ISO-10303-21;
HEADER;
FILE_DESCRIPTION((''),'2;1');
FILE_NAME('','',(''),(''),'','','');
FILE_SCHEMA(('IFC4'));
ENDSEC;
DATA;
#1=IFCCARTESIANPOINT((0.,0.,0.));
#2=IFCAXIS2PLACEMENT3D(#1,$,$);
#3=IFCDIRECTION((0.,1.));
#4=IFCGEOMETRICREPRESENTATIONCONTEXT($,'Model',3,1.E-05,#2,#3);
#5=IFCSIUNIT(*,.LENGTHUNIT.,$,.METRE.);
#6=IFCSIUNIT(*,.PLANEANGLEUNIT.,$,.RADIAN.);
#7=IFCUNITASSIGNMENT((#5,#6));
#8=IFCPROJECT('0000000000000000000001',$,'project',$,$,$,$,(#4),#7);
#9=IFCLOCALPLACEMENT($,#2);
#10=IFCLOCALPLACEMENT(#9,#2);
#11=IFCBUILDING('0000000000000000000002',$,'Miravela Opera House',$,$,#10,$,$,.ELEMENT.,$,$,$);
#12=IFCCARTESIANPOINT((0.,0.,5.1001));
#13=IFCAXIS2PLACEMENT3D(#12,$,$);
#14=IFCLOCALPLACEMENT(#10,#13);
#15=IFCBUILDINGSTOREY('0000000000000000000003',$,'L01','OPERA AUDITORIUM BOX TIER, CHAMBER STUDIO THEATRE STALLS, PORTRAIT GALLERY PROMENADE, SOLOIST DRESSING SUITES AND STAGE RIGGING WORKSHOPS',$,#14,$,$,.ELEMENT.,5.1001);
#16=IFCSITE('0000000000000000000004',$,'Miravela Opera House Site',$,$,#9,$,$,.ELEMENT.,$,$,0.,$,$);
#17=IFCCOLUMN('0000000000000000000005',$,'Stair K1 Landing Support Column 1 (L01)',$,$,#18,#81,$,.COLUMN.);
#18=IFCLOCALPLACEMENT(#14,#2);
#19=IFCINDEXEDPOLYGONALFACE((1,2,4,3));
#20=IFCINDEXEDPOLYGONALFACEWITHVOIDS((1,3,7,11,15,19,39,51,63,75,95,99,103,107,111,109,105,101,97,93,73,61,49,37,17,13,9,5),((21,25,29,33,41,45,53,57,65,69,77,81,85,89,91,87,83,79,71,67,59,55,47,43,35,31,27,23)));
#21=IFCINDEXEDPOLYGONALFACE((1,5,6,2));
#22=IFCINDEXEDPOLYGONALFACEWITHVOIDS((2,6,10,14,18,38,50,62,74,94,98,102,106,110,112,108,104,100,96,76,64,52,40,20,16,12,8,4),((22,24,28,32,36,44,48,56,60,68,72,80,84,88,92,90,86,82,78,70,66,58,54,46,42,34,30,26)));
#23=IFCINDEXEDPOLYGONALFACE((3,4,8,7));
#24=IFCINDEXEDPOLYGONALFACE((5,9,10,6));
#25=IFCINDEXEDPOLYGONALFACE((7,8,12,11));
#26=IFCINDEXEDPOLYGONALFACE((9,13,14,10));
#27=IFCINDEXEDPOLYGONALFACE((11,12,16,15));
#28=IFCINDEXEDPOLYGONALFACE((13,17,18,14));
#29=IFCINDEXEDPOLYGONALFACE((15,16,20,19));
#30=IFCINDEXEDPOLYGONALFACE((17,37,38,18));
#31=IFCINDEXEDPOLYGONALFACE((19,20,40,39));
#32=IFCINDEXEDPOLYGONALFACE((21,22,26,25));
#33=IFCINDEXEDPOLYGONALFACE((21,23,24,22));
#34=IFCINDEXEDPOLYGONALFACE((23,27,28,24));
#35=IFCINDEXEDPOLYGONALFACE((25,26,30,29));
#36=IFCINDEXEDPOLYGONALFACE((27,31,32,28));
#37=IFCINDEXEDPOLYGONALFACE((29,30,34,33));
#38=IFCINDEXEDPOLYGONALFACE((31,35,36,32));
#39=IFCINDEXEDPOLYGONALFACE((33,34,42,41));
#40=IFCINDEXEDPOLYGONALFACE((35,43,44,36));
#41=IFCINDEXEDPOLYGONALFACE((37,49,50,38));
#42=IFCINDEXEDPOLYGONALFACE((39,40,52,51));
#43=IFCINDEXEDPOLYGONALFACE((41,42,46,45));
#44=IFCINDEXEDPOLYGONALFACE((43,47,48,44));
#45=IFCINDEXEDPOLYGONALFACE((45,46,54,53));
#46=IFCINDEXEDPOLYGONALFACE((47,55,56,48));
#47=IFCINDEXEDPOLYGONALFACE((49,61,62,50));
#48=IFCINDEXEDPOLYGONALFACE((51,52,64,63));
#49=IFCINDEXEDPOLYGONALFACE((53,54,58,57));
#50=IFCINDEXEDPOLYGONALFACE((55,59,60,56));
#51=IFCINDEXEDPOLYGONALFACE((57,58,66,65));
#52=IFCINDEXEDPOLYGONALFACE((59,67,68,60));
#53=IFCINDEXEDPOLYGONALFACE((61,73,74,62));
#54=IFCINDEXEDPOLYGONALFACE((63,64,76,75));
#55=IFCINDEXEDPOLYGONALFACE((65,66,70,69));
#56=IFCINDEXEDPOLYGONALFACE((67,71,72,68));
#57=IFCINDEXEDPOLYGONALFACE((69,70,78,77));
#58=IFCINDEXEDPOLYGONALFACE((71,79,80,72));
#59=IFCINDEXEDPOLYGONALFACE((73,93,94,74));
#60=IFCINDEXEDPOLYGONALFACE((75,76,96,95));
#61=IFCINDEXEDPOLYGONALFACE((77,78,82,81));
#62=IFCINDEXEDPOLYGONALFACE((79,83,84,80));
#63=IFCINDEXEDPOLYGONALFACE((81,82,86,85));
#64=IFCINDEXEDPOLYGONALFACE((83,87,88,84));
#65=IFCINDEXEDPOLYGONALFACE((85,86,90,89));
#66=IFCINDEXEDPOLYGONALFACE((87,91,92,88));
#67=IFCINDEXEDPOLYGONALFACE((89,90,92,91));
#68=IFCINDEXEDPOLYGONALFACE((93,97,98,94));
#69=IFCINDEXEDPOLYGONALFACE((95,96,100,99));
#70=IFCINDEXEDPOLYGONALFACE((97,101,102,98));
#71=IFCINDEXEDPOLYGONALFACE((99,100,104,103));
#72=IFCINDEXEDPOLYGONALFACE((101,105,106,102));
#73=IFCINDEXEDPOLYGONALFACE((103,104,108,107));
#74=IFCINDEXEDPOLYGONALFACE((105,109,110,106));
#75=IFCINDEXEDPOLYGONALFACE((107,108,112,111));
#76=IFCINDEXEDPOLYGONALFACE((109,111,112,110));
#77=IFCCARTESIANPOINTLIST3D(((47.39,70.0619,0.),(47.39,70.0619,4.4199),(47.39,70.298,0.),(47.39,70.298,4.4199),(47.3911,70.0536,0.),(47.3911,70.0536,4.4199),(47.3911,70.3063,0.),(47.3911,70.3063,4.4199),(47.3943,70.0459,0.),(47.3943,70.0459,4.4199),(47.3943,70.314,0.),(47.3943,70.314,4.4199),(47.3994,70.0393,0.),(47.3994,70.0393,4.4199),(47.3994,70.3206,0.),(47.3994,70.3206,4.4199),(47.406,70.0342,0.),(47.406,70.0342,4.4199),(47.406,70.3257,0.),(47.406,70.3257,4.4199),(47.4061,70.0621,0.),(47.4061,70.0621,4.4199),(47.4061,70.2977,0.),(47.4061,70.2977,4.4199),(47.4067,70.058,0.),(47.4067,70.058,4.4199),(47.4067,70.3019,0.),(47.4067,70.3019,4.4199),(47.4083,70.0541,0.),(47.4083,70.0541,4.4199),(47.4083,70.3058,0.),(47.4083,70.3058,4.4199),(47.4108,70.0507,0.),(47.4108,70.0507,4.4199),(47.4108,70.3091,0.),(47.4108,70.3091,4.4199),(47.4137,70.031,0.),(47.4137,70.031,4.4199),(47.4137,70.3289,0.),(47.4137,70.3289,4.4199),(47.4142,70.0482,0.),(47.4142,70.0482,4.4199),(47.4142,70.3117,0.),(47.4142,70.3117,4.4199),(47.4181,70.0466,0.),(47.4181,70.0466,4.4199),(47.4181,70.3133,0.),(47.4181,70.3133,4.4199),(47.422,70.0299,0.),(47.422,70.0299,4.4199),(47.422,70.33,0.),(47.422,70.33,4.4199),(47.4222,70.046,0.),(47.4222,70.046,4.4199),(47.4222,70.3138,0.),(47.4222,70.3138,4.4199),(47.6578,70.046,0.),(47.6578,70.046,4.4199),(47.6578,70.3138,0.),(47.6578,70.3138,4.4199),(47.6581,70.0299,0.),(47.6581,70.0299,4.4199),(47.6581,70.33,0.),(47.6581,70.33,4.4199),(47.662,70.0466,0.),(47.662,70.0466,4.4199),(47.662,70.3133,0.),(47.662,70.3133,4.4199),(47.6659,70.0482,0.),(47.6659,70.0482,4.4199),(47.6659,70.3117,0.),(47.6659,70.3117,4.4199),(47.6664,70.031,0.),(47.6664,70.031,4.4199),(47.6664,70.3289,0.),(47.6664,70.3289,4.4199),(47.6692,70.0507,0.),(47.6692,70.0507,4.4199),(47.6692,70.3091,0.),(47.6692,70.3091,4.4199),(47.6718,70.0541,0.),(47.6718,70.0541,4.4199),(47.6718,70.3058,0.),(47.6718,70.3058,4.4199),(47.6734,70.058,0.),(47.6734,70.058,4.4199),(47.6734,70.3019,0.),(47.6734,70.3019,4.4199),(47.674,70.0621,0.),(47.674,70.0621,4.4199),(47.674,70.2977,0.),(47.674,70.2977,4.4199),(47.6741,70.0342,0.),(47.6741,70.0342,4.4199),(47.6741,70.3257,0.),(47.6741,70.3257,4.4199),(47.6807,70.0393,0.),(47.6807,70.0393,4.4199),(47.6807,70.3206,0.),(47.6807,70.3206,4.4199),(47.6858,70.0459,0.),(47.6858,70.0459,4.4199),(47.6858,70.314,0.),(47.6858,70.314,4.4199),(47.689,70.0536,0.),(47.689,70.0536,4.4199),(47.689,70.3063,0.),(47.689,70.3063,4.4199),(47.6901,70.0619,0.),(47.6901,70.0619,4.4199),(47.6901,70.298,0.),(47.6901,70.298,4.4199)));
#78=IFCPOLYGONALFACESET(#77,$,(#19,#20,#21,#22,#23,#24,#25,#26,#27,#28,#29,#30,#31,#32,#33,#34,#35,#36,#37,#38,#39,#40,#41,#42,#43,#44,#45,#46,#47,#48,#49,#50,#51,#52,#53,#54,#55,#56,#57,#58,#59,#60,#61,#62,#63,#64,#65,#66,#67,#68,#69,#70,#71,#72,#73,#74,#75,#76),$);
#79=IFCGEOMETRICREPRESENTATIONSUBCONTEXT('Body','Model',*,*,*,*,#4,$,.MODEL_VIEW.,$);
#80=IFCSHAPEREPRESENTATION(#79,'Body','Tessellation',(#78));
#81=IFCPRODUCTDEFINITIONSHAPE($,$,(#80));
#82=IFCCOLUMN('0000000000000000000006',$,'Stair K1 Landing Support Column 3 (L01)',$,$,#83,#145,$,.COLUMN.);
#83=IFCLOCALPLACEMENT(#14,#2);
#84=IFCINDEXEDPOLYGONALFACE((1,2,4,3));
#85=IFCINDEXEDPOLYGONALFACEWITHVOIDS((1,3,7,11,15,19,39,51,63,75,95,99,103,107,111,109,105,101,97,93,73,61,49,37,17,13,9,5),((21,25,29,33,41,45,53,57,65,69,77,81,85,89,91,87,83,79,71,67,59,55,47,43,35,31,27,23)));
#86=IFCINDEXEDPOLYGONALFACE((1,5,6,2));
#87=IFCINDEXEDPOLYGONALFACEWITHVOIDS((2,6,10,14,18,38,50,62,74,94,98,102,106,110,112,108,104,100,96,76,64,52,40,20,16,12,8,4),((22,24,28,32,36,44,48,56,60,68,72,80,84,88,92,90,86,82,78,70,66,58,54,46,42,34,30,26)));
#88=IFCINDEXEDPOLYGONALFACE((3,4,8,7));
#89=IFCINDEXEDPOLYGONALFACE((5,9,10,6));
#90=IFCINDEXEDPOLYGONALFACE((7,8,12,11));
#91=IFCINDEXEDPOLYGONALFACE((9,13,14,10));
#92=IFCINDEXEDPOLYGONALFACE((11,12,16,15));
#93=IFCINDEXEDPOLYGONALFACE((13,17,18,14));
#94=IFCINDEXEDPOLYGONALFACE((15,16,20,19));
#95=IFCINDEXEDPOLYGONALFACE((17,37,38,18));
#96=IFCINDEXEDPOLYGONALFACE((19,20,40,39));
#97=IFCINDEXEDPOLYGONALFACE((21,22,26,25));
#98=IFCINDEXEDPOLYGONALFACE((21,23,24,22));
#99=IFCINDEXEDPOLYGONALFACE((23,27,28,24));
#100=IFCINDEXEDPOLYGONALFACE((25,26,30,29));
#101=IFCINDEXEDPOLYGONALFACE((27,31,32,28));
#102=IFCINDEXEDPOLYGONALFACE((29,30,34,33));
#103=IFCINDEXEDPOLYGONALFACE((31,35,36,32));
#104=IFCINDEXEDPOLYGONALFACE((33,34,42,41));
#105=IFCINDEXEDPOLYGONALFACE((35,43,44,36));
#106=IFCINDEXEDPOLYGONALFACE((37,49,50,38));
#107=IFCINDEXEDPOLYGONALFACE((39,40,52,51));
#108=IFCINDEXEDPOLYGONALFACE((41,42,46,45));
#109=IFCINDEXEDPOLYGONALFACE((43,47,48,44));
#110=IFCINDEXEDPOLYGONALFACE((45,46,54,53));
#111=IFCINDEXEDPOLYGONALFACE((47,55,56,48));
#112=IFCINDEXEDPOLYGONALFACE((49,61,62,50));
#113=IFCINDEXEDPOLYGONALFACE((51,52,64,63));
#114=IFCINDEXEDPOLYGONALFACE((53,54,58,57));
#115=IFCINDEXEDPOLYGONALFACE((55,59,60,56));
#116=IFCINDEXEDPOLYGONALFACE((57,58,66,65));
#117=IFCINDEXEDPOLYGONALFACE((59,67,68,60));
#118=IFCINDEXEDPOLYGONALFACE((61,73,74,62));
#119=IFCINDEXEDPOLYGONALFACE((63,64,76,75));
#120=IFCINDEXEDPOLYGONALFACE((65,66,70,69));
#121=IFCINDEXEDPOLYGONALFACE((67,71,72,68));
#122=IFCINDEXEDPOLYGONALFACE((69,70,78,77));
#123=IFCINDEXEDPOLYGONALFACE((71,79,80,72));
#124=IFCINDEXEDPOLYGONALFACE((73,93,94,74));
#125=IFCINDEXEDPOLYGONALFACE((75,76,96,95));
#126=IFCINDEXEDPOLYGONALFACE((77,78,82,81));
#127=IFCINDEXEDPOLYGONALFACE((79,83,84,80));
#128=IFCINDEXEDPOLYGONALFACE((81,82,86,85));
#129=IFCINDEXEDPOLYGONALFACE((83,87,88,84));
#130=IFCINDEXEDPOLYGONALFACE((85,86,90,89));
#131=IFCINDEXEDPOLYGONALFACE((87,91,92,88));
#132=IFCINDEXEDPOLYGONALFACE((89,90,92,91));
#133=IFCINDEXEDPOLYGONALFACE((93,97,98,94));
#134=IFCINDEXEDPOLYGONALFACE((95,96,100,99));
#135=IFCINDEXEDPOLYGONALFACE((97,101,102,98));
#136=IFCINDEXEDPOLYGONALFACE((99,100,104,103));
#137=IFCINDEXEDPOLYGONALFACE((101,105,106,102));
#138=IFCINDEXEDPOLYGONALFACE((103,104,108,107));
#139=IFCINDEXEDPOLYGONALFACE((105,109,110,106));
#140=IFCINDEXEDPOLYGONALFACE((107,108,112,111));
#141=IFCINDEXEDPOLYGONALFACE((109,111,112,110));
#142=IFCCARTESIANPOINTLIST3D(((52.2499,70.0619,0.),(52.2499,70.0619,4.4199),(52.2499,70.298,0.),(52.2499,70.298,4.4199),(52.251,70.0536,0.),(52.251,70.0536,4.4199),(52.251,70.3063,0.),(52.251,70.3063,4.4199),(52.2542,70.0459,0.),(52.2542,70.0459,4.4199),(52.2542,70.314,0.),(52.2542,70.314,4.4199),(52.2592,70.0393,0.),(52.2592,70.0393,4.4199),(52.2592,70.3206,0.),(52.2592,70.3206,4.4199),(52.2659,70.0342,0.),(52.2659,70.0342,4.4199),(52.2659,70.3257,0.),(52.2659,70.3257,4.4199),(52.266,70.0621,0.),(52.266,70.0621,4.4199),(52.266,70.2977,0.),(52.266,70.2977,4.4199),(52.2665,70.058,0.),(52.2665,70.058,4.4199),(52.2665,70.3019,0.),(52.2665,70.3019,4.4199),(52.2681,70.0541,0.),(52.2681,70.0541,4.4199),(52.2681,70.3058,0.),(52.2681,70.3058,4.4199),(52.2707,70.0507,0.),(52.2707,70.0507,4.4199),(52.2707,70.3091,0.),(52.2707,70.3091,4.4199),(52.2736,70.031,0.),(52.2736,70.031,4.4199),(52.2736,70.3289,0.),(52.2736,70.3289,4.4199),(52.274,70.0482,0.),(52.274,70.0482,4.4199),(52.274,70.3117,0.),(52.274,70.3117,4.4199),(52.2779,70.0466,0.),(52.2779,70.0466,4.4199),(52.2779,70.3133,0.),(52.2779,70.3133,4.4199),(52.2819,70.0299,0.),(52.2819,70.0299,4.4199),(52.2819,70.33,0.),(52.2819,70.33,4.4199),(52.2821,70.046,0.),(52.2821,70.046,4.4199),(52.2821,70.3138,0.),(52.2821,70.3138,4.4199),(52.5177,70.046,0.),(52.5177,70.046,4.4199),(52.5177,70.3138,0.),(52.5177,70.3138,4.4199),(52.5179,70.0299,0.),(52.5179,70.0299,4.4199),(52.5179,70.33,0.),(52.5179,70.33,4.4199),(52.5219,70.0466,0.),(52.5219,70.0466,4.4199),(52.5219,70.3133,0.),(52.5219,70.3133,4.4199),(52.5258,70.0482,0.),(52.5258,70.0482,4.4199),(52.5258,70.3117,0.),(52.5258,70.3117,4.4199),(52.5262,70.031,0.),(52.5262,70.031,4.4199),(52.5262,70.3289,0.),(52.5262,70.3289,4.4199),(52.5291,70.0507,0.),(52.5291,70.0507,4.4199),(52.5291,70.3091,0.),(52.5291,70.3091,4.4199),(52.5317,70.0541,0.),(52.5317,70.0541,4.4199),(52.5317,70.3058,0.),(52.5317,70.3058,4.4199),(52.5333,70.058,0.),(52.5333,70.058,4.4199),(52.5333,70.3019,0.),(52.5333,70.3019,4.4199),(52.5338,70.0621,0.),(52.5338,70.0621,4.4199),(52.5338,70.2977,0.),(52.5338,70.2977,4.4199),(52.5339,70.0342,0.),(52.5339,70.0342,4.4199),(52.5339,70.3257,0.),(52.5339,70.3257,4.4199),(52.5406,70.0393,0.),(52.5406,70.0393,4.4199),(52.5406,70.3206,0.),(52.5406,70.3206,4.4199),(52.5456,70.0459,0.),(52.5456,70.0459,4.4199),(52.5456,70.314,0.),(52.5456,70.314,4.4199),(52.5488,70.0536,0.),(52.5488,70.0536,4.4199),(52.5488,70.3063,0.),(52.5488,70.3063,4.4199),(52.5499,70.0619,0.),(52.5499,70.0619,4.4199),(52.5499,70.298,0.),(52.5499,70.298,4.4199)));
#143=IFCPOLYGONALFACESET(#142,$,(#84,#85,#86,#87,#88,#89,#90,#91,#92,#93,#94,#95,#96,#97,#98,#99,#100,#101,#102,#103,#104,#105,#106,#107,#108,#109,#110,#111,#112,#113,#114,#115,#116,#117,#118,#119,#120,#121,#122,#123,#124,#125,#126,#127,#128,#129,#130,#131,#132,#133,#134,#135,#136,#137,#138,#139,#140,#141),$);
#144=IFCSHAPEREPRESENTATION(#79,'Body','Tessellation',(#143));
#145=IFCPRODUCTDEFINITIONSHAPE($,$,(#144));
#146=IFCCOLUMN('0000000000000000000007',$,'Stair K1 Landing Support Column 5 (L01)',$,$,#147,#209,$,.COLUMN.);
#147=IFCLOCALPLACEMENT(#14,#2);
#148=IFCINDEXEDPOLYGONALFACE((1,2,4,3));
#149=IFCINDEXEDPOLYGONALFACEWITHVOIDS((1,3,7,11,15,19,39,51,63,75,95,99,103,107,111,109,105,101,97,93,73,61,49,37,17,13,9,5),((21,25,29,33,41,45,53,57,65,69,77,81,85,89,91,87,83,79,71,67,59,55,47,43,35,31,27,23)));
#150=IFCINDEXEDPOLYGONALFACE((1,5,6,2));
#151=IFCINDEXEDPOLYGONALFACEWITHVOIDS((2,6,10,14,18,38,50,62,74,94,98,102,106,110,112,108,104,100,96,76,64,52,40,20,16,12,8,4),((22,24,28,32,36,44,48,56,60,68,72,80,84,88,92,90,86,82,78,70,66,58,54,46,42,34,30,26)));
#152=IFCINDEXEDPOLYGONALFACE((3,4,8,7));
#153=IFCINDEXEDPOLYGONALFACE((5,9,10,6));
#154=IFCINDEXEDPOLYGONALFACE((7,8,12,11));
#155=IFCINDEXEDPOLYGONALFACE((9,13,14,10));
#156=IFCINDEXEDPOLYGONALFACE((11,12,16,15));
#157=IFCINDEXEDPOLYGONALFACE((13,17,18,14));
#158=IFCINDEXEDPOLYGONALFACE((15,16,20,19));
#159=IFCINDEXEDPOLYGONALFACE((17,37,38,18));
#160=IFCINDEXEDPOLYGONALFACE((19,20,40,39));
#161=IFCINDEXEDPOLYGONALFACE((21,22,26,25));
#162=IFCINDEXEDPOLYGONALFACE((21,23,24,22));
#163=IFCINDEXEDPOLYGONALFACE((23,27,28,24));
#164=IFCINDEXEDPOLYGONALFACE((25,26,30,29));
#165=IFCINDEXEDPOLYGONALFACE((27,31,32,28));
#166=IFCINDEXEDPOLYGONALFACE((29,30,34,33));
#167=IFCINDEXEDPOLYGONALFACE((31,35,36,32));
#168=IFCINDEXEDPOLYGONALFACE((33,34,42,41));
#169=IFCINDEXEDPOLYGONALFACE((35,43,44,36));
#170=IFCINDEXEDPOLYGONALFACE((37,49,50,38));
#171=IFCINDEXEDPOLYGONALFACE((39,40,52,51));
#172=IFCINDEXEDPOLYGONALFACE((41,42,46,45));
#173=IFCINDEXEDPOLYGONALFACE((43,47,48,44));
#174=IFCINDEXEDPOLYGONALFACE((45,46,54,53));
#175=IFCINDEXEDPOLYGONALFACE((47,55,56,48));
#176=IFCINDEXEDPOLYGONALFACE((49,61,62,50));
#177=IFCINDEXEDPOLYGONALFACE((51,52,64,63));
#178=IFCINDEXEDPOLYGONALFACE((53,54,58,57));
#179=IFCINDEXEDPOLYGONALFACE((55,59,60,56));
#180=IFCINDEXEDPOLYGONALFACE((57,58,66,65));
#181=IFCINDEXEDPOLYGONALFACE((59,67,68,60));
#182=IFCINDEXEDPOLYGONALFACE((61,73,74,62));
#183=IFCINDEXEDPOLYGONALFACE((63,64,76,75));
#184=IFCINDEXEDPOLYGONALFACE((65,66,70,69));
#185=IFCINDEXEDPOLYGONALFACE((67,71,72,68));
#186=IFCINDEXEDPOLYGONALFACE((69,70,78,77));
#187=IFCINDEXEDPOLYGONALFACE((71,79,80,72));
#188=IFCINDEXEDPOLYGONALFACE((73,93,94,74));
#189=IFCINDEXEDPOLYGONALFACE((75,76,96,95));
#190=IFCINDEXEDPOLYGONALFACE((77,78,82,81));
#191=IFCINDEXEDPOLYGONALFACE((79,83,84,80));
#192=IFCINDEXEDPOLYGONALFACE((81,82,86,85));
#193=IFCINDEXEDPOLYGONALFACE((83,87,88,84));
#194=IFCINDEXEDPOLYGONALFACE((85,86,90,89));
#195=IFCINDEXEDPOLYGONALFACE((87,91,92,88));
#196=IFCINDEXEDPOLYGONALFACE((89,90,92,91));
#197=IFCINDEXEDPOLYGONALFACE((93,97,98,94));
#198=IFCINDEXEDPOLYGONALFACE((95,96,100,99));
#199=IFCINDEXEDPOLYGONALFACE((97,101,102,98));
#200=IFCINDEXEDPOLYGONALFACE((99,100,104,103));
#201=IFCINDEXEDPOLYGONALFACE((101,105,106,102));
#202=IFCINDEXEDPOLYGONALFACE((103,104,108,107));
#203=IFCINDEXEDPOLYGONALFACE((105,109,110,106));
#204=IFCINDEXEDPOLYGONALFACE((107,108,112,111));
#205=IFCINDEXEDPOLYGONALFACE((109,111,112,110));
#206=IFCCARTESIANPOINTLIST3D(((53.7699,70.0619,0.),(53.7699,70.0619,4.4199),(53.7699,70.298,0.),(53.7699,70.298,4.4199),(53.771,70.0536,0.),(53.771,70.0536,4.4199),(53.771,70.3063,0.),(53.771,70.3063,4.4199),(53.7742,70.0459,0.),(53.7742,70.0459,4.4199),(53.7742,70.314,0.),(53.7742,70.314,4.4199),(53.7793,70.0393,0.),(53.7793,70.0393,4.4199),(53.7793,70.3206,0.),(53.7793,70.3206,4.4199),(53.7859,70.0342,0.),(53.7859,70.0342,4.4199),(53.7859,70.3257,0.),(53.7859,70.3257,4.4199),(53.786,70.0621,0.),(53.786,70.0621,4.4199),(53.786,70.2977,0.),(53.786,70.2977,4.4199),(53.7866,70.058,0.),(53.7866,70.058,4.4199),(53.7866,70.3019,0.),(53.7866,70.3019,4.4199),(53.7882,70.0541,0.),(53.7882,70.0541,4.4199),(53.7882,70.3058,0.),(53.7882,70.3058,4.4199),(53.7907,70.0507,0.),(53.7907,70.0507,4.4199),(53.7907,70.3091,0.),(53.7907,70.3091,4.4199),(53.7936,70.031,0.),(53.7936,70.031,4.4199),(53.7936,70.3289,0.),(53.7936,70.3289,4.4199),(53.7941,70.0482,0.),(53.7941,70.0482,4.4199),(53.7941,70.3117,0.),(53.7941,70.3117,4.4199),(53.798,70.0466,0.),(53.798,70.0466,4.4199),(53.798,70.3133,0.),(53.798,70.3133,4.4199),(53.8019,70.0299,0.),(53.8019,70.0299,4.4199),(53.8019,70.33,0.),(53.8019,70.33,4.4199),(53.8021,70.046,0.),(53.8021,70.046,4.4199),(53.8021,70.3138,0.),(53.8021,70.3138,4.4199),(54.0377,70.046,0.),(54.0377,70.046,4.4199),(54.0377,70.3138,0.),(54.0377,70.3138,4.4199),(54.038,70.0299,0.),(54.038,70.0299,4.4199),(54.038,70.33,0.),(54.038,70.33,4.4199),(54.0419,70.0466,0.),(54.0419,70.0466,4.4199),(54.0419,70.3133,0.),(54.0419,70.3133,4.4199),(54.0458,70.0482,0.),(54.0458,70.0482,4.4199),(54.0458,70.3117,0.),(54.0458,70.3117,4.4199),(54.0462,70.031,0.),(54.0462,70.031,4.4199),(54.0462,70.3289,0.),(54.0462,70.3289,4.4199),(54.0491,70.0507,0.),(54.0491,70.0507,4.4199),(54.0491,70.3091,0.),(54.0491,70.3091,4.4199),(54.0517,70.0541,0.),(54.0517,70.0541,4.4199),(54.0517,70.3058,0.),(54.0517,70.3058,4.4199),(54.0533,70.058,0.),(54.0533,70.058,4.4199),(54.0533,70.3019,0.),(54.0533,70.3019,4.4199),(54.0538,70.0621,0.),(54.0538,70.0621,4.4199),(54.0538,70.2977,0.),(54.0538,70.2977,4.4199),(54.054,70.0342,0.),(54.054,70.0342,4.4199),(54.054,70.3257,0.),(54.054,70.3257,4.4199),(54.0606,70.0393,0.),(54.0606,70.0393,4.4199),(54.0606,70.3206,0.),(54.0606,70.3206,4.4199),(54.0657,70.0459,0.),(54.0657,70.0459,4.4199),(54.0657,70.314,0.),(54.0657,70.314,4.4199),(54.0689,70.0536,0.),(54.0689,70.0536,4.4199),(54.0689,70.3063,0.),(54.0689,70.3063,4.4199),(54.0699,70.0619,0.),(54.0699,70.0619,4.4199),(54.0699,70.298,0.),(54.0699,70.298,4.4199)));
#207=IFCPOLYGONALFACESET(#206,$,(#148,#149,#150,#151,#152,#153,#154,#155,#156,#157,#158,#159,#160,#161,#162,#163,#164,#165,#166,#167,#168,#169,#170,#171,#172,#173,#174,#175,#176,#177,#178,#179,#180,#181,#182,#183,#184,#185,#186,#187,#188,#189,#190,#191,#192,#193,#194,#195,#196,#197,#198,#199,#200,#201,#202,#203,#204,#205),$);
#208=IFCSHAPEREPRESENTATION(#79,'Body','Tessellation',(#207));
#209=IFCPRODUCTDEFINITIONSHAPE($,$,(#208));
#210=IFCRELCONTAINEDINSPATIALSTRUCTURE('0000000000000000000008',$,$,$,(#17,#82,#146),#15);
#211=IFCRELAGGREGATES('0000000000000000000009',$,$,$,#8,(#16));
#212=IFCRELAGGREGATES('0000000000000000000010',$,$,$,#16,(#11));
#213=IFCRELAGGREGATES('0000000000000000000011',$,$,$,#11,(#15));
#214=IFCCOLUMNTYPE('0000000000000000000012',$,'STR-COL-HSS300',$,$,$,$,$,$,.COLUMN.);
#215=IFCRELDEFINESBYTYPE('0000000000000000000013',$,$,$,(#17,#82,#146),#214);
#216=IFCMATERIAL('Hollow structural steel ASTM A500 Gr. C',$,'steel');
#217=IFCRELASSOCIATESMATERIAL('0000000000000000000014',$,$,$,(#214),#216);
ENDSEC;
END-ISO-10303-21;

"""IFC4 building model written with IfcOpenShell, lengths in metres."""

from ifc_helpers import new_model, si_unit, direction, frame, origin, origin_2d, place, context, subcontext, project, spatial, hollow_rectangle, extrude, material, material_profile, profile_set, type_object, element, save


model = new_model("IFC4")

# Units and contexts
model_context = context("Model", 3, precision=1e-05, world=origin(), true_north=direction((0.0, 1.0)))
body_context = subcontext(model_context, "Body", "Model", "MODEL_VIEW")
ifc_project = project(units=[si_unit("LENGTHUNIT", "METRE"), si_unit("PLANEANGLEUNIT", "RADIAN")], contexts=[model_context])

# Site, building, storey
site_placement = place(None, origin())
site = spatial("IfcSite", under=ifc_project, at=site_placement, Name="Miravela Opera House Site", CompositionType="ELEMENT", RefElevation=0.0)
building_placement = place(site_placement, origin())
building = spatial("IfcBuilding", under=site, at=building_placement, Name="Miravela Opera House", CompositionType="ELEMENT")
storey_placement = place(building_placement, frame((0.0, 0.0, 5.1001)))
storey = spatial("IfcBuildingStorey", under=building, at=storey_placement, Name="L01", Description="OPERA AUDITORIUM BOX TIER, CHAMBER STUDIO THEATRE STALLS, PORTRAIT GALLERY PROMENADE, SOLOIST DRESSING SUITES AND STAGE RIGGING WORKSHOPS", CompositionType="ELEMENT", Elevation=5.1001)

# Columns
ifc_material_1 = material(Name="Hollow structural steel ASTM A500 Gr. C", Category="steel")
ifc_material_profile_1 = material_profile(ifc_material_1, hollow_rectangle(XDim=0.3, YDim=0.3, WallThickness=0.0161, InnerFilletRadius=0.0161, OuterFilletRadius=0.032, at=origin_2d()), Name="HSS300X300X16")
ifc_profile_set_1 = profile_set([ifc_material_profile_1])
column_type_1 = type_object("IfcColumnType", Name="STR-COL-HSS300", PredefinedType="COLUMN", material=ifc_profile_set_1)
for number, where, z_axis, x_axis, name in (
    (1, (47.54, 70.1799, 0.0), (0.0, 0.0, 1.0), (1.0, 0.0, 0.0), "Stair K1 Landing Support Column 1 (L01)"),
    (2, (52.3999, 70.1799, 0.0), (0.0, 0.0, 1.0), (1.0, 0.0, 0.0), "Stair K1 Landing Support Column 3 (L01)"),
    (3, (53.9199, 70.1799, 0.0), (0.0, 0.0, 1.0), (1.0, 0.0, 0.0), "Stair K1 Landing Support Column 5 (L01)"),
):
    element("IfcColumn", number, at=place(storey_placement, frame(where, z_axis=z_axis, x_axis=x_axis)), inside=storey, type_object=column_type_1, Name=name, PredefinedType="COLUMN", context=body_context, shape_type="SweptSolid", body=[
        extrude(hollow_rectangle(XDim=0.3, YDim=0.3, WallThickness=0.0161, InnerFilletRadius=0.0161, OuterFilletRadius=0.032, at=origin_2d()), origin(), (0.0, 0.0, 1.0), 4.4199),
    ])

save(model, "model.ifc")
